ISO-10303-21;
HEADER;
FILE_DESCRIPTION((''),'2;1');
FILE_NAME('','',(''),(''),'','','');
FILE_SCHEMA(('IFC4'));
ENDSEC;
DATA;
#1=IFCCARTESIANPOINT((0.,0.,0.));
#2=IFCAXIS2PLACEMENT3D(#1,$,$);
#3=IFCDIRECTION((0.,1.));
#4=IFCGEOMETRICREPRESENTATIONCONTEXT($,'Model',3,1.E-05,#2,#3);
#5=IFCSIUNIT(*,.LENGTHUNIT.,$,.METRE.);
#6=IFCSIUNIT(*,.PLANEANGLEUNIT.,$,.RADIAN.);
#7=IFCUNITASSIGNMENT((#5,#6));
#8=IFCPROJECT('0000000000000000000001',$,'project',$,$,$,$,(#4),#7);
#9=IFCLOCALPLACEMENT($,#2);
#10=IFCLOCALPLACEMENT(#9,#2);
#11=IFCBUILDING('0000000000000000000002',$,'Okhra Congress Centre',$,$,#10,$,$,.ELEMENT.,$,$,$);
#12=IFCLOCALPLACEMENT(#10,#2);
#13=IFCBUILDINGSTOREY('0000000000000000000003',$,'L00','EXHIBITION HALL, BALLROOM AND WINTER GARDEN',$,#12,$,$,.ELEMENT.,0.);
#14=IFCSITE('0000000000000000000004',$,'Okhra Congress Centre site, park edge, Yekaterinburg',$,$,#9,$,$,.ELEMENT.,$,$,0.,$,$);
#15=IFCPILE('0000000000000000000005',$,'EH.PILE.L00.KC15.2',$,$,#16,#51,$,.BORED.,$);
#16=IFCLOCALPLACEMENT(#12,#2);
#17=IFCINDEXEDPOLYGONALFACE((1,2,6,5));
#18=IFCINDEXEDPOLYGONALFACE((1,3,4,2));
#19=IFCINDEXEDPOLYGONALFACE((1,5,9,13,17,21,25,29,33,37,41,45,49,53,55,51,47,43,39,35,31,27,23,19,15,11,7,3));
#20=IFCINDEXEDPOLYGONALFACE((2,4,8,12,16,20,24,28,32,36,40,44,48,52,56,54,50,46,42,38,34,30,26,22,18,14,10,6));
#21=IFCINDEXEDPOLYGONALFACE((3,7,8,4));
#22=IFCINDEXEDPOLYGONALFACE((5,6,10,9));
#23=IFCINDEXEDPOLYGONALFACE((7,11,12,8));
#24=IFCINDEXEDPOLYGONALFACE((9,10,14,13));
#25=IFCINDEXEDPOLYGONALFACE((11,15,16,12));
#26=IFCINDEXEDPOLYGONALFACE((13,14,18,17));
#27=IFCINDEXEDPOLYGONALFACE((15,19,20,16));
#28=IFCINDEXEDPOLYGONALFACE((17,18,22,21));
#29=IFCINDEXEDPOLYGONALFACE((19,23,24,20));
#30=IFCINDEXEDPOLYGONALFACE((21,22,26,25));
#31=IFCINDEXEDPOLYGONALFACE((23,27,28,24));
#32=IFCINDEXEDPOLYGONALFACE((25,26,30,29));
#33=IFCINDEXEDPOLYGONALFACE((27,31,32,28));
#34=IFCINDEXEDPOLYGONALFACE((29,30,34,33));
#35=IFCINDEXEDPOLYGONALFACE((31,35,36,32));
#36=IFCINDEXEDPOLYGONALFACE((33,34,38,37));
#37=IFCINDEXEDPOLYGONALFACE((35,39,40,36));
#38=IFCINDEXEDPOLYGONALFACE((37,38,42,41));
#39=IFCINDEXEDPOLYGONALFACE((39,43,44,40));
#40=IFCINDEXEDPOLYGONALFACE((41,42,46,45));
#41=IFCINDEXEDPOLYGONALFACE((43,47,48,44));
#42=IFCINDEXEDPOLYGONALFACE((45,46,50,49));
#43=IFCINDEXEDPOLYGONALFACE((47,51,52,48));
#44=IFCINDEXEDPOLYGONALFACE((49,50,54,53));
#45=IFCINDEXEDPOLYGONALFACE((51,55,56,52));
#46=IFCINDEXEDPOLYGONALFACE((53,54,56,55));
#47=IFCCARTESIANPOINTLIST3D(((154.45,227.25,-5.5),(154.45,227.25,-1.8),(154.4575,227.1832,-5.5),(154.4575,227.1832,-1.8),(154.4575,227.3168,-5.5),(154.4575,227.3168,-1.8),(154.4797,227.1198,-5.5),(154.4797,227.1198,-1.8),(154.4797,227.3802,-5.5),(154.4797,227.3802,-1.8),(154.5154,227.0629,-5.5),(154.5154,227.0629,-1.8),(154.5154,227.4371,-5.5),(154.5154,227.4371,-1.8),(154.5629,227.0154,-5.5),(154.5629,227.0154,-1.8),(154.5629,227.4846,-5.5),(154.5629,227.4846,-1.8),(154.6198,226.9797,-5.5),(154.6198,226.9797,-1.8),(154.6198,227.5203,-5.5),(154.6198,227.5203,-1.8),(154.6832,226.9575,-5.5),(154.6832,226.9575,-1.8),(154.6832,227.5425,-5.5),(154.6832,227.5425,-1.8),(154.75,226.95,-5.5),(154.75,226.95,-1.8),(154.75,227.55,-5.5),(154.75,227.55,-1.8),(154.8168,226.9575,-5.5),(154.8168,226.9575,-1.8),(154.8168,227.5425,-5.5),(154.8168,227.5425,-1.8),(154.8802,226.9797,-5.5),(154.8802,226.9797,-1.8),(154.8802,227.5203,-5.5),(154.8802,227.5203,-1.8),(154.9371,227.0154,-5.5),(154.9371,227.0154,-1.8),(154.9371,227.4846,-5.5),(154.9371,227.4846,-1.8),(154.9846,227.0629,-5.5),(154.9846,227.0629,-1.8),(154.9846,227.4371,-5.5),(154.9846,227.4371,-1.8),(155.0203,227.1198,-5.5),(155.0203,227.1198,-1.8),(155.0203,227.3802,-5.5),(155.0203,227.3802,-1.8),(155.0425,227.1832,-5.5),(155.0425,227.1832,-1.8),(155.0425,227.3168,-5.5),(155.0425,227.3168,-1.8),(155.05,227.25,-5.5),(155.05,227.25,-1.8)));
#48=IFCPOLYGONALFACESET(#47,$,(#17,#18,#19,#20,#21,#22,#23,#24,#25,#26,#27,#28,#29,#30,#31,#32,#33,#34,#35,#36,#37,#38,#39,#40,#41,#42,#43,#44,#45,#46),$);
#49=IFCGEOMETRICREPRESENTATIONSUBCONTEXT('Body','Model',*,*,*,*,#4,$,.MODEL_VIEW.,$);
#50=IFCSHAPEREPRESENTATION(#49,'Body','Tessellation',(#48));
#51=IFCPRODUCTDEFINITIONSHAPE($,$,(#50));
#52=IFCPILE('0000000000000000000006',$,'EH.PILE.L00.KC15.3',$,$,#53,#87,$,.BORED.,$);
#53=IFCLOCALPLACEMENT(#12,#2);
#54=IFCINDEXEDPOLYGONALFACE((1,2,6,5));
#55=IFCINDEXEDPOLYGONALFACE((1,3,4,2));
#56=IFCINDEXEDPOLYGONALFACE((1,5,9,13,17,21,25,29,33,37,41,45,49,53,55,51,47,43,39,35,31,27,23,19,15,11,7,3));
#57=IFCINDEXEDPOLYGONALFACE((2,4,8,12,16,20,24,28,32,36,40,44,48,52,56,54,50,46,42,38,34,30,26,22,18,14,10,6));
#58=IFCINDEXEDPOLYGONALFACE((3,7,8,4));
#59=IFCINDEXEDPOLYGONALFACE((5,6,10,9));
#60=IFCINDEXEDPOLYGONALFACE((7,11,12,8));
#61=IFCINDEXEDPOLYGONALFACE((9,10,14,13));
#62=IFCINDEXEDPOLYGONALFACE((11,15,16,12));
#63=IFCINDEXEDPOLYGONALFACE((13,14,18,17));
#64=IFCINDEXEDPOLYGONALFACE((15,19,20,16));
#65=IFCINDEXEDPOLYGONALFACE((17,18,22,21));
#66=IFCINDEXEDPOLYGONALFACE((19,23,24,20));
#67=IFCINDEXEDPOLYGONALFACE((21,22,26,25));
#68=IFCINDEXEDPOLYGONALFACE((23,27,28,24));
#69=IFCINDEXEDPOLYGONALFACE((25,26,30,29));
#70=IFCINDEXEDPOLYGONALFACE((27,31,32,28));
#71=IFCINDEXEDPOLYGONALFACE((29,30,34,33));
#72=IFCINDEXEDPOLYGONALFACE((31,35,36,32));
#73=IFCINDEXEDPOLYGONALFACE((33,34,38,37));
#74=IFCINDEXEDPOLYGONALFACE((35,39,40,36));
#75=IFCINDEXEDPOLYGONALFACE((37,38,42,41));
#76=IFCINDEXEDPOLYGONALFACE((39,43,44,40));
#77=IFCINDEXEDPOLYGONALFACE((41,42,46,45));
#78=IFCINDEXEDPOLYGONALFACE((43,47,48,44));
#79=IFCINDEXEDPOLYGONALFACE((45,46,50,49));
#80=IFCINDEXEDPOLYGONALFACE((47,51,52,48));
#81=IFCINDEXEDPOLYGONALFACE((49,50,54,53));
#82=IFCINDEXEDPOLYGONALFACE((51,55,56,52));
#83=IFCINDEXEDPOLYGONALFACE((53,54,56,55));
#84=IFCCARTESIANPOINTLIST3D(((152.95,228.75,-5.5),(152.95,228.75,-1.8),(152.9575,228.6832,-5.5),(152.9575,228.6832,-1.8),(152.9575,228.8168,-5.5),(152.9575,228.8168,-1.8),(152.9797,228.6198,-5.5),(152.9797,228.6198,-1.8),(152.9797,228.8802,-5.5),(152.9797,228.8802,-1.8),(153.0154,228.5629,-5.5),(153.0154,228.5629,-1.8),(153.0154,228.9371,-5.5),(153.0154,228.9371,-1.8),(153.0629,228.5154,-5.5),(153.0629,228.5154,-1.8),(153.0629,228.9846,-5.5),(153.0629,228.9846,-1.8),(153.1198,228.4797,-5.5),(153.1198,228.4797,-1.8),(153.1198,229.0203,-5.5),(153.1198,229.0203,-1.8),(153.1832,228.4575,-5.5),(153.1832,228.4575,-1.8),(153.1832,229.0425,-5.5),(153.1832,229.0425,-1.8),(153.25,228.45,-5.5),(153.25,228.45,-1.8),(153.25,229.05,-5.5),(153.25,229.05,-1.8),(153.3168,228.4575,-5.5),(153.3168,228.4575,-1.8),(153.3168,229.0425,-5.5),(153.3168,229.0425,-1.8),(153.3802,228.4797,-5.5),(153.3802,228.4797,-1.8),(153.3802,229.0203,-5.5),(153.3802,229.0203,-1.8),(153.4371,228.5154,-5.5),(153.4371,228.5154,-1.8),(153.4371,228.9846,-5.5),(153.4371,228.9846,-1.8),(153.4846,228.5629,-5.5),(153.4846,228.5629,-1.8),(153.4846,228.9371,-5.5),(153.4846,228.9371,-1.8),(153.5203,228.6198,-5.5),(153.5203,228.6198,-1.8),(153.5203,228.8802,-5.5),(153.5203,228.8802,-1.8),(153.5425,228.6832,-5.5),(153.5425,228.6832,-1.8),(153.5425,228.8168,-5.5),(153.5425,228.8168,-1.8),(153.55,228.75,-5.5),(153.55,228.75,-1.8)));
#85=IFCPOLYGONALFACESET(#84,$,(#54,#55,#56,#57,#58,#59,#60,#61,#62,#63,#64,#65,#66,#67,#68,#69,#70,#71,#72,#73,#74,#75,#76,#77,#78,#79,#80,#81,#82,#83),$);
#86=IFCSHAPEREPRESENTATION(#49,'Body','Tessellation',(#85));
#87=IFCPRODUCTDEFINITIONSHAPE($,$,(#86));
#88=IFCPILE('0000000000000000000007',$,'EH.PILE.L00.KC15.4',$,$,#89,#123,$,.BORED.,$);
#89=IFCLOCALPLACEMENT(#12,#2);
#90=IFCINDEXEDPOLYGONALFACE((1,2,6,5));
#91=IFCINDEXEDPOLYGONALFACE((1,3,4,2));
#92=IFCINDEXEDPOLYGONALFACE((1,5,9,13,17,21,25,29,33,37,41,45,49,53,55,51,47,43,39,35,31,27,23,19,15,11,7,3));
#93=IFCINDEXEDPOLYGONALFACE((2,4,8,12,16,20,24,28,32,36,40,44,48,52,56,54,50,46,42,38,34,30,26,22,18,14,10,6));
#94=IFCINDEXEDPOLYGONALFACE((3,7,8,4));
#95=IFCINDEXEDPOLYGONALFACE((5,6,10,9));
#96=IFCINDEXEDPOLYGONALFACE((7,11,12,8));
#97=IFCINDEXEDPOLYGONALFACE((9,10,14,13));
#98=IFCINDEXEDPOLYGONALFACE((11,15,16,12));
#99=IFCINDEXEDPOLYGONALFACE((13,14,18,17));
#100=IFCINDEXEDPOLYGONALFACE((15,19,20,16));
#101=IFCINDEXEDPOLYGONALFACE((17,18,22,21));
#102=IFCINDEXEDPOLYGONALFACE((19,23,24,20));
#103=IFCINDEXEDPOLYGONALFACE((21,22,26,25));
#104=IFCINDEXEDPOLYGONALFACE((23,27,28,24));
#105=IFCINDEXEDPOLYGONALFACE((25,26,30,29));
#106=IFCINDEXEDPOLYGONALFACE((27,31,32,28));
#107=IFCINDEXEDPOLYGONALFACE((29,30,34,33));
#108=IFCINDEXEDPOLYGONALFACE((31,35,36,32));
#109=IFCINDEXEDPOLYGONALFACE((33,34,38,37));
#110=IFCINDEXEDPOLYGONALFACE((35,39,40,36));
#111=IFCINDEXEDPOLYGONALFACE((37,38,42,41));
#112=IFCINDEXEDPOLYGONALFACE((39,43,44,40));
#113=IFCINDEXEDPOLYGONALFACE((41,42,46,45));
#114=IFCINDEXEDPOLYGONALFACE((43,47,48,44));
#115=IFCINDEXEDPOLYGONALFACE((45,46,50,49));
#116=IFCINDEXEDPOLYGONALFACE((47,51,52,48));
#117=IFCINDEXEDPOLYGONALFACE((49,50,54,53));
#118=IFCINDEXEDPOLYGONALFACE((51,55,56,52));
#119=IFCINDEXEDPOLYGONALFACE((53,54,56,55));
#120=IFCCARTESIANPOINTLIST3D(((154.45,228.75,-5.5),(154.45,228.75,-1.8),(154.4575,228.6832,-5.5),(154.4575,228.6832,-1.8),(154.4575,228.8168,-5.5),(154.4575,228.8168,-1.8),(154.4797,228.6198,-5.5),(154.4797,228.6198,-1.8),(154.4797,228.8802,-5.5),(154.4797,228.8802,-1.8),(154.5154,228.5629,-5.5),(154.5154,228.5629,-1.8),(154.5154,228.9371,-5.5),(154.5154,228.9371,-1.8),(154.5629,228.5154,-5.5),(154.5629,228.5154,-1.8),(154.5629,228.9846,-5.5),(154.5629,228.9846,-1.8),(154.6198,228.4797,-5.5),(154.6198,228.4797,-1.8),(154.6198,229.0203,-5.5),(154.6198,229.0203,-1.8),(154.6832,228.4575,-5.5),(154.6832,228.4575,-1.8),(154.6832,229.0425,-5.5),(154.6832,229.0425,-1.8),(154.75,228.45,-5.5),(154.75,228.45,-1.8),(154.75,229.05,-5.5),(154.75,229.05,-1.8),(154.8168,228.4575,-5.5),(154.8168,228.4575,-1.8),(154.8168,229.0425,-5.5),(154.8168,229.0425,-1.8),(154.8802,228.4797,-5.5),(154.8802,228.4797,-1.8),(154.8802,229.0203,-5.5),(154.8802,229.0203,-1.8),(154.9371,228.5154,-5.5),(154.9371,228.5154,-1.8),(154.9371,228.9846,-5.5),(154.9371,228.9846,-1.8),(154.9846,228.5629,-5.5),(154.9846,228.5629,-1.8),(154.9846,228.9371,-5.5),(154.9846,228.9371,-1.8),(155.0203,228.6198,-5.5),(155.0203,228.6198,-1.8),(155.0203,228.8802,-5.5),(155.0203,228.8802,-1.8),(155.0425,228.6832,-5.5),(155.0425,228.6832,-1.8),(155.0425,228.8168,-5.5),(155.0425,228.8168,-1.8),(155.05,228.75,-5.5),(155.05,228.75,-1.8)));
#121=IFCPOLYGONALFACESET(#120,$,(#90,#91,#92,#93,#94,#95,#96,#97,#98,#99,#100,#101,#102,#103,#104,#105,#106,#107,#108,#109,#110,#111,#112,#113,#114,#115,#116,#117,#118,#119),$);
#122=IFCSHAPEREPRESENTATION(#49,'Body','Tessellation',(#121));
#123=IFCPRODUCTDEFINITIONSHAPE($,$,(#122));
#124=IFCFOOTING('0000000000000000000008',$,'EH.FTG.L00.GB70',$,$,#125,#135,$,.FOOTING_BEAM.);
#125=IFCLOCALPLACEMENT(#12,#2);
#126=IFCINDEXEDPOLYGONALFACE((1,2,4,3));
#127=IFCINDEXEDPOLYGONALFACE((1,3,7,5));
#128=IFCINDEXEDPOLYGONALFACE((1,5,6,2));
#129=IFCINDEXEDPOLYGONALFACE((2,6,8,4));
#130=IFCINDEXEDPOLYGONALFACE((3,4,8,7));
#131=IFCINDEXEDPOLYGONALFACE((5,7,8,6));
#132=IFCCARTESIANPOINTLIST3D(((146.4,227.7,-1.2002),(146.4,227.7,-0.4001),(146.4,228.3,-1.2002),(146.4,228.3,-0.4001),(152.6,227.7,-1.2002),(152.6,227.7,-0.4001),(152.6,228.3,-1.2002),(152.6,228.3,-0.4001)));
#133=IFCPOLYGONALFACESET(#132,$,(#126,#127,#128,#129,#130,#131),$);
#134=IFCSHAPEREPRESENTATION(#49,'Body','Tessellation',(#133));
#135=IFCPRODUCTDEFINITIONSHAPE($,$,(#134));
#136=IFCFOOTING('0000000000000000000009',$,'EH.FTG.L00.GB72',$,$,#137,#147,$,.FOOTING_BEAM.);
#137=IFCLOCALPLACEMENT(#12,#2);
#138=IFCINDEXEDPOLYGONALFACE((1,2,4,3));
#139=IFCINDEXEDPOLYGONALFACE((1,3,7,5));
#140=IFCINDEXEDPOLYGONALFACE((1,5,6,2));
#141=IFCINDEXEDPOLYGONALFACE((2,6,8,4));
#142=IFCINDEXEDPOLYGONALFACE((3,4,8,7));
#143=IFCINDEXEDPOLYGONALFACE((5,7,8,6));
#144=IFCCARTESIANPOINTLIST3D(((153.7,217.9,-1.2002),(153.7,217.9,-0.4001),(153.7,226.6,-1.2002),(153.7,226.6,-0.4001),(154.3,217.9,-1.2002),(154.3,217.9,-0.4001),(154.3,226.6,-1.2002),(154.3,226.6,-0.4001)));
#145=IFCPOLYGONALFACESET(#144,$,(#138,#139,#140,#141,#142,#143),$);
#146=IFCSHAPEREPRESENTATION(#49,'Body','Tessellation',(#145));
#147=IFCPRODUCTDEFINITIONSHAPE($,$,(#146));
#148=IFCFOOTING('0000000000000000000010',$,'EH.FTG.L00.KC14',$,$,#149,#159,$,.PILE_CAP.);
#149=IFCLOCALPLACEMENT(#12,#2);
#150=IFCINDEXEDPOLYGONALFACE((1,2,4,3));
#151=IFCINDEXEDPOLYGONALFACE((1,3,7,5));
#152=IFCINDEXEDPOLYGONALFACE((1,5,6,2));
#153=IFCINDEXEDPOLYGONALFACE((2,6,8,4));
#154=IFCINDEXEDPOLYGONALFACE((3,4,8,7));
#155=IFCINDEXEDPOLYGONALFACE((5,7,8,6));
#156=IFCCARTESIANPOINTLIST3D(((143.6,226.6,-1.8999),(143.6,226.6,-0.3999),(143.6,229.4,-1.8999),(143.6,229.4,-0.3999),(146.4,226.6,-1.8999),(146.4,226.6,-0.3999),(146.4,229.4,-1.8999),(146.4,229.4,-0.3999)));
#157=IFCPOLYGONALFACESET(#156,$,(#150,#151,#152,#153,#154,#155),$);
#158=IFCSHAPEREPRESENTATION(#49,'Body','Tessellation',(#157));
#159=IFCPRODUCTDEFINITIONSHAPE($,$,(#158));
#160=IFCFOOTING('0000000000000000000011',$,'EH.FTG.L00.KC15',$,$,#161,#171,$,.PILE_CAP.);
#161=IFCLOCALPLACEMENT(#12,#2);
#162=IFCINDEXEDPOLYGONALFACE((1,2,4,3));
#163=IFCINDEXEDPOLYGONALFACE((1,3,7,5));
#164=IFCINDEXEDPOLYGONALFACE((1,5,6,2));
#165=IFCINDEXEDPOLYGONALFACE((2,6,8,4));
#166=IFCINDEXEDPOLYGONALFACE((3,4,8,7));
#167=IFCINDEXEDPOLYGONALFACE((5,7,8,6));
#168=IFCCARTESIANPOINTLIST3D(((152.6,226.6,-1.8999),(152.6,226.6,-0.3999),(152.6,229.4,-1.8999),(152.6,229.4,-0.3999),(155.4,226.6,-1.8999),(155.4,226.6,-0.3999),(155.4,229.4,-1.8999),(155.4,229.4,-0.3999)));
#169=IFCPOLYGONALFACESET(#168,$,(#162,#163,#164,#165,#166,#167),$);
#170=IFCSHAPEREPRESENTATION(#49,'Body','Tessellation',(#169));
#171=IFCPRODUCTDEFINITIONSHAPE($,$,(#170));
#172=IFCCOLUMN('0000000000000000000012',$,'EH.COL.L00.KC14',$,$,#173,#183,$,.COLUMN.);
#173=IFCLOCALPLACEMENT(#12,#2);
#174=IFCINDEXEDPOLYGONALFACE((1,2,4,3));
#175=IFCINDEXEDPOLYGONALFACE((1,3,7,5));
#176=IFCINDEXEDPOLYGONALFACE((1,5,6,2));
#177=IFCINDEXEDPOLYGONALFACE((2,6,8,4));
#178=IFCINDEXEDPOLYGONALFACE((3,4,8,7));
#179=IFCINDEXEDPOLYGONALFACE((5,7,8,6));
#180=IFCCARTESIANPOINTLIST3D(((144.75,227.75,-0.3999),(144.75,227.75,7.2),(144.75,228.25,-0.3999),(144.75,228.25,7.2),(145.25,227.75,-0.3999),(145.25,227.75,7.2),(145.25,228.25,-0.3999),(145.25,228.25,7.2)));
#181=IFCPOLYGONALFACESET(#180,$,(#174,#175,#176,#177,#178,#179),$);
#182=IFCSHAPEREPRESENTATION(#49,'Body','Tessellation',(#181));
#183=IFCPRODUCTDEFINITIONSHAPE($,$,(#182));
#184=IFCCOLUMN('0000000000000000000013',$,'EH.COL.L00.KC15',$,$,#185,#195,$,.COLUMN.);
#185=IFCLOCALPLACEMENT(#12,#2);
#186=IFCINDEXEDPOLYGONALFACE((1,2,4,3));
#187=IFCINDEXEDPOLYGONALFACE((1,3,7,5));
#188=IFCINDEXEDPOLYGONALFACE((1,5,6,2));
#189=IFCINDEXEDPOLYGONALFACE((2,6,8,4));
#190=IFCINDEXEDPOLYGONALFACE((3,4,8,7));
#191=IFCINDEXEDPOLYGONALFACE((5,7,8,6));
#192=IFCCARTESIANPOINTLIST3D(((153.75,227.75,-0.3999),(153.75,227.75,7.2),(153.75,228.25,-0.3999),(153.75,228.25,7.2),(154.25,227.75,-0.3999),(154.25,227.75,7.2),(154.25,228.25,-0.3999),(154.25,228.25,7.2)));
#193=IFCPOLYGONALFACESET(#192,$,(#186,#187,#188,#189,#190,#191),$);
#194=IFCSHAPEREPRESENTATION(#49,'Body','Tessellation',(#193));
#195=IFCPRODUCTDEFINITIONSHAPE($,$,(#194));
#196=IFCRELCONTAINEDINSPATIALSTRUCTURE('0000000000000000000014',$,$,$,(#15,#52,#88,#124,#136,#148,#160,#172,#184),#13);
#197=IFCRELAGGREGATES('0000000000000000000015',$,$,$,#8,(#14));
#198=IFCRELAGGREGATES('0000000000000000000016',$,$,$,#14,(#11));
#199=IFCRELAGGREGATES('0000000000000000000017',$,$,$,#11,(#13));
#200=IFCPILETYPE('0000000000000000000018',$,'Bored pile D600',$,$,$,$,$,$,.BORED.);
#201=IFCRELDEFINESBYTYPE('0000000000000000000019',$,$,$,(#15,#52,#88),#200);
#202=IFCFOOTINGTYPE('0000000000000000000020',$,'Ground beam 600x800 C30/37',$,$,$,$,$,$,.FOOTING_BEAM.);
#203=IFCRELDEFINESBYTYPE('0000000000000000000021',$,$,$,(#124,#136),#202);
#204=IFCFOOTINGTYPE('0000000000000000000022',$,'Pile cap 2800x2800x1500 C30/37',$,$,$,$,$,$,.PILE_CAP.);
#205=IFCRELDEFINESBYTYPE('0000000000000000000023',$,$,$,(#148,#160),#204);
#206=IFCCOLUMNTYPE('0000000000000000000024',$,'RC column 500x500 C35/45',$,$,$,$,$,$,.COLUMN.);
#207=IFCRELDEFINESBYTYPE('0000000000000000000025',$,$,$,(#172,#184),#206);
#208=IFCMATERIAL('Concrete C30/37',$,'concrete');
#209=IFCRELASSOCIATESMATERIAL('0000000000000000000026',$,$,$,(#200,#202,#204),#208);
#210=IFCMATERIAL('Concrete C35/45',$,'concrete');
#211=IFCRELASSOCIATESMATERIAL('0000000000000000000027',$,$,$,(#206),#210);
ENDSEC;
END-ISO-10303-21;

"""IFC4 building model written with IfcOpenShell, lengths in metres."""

from ifc_helpers import new_model, si_unit, direction, frame, origin, origin_2d, place, context, subcontext, project, spatial, rectangle, circle, extrude, material, material_profile, profile_set, type_object, element, save


model = new_model("IFC4")

# Units and contexts
model_context = context("Model", 3, precision=1e-05, world=origin(), true_north=direction((0.0, 1.0)))
body_context = subcontext(model_context, "Body", "Model", "MODEL_VIEW")
ifc_project = project(units=[si_unit("LENGTHUNIT", "METRE"), si_unit("PLANEANGLEUNIT", "RADIAN")], contexts=[model_context])

# Site, building, storey
site_placement = place(None, origin())
site = spatial("IfcSite", under=ifc_project, at=site_placement, Name="Okhra Congress Centre site, park edge, Yekaterinburg", CompositionType="ELEMENT", RefElevation=0.0)
building_placement = place(site_placement, origin())
building = spatial("IfcBuilding", under=site, at=building_placement, Name="Okhra Congress Centre", CompositionType="ELEMENT")
storey_placement = place(building_placement, origin())
storey = spatial("IfcBuildingStorey", under=building, at=storey_placement, Name="L00", Description="EXHIBITION HALL, BALLROOM AND WINTER GARDEN", CompositionType="ELEMENT", Elevation=0.0)

# Piles
ifc_material_1 = material(Name="Concrete C30/37", Category="concrete")
ifc_material_profile_1 = material_profile(ifc_material_1, circle(Radius=0.3, at=origin_2d()), Name="D600")
ifc_profile_set_1 = profile_set([ifc_material_profile_1], Name="Concrete C30/37")
pile_type = type_object("IfcPileType", Name="Bored pile D600", PredefinedType="BORED", material=ifc_profile_set_1)
for number, where, z_axis, x_axis, name in (
    (1, (154.75, 227.25, -1.8), (0.0, 0.0, -1.0), (1.0, 0.0, 0.0), "EH.PILE.L00.KC15.2"),
    (2, (153.25, 228.75, -1.8), (0.0, 0.0, -1.0), (1.0, 0.0, 0.0), "EH.PILE.L00.KC15.3"),
    (3, (154.75, 228.75, -1.8), (0.0, 0.0, -1.0), (1.0, 0.0, 0.0), "EH.PILE.L00.KC15.4"),
):
    element("IfcPile", number, at=place(storey_placement, frame(where, z_axis=z_axis, x_axis=x_axis)), inside=storey, type_object=pile_type, Name=name, PredefinedType="BORED", context=body_context, shape_type="SweptSolid", body=[
        extrude(circle(Radius=0.3, at=origin_2d()), origin(), (0.0, 0.0, 1.0), 3.7),
    ])

# Footings
footing_type_1 = type_object("IfcFootingType", Name="Ground beam 600x800 C30/37", PredefinedType="FOOTING_BEAM", material=ifc_material_1)
footing_1_placement = place(storey_placement, frame((149.5, 228.0, -1.2002), z_axis=(0.0, 0.0, 1.0), x_axis=(1.0, 0.0, 0.0)))
element("IfcFooting", 4, at=footing_1_placement, inside=storey, type_object=footing_type_1, Name="EH.FTG.L00.GB70", PredefinedType="FOOTING_BEAM", context=body_context, shape_type="SweptSolid", body=[
    extrude(rectangle(XDim=6.2, YDim=0.6001, at=origin_2d()), origin(), (0.0, 0.0, 1.0), 0.8),
])
footing_2_placement = place(storey_placement, frame((154.0, 222.25, -1.2002), z_axis=(0.0, 0.0, 1.0), x_axis=(0.0, 1.0, 0.0)))
element("IfcFooting", 5, at=footing_2_placement, inside=storey, type_object=footing_type_1, Name="EH.FTG.L00.GB72", PredefinedType="FOOTING_BEAM", context=body_context, shape_type="SweptSolid", body=[
    extrude(rectangle(XDim=8.7, YDim=0.6001, at=origin_2d()), origin(), (0.0, 0.0, 1.0), 0.8),
])
footing_type_2 = type_object("IfcFootingType", Name="Pile cap 2800x2800x1500 C30/37", PredefinedType="PILE_CAP", material=ifc_material_1)
for number, where, z_axis, x_axis, name in (
    (6, (145.0, 228.0, -1.8999), (0.0, 0.0, 1.0), (1.0, 0.0, 0.0), "EH.FTG.L00.KC14"),
    (7, (154.0, 228.0, -1.8999), (0.0, 0.0, 1.0), (1.0, 0.0, 0.0), "EH.FTG.L00.KC15"),
):
    element("IfcFooting", number, at=place(storey_placement, frame(where, z_axis=z_axis, x_axis=x_axis)), inside=storey, type_object=footing_type_2, Name=name, PredefinedType="PILE_CAP", context=body_context, shape_type="SweptSolid", body=[
        extrude(rectangle(XDim=2.8, YDim=2.8, at=origin_2d()), origin(), (0.0, 0.0, 1.0), 1.5),
    ])

# Columns
ifc_material_2 = material(Name="Concrete C35/45", Category="concrete")
ifc_material_profile_2 = material_profile(ifc_material_2, rectangle(XDim=0.5, YDim=0.5, at=origin_2d()), Name="RC 500x500")
ifc_profile_set_2 = profile_set([ifc_material_profile_2], Name="Concrete C35/45")
column_type = type_object("IfcColumnType", Name="RC column 500x500 C35/45", PredefinedType="COLUMN", material=ifc_profile_set_2)
for number, where, z_axis, x_axis, name in (
    (8, (145.0, 228.0, -0.3999), (0.0, 0.0, 1.0), (1.0, 0.0, 0.0), "EH.COL.L00.KC14"),
    (9, (154.0, 228.0, -0.3999), (0.0, 0.0, 1.0), (1.0, 0.0, 0.0), "EH.COL.L00.KC15"),
):
    element("IfcColumn", number, at=place(storey_placement, frame(where, z_axis=z_axis, x_axis=x_axis)), inside=storey, type_object=column_type, Name=name, PredefinedType="COLUMN", context=body_context, shape_type="SweptSolid", body=[
        extrude(rectangle(XDim=0.5, YDim=0.5, at=origin_2d()), origin(), (0.0, 0.0, 1.0), 7.5999),
    ])

save(model, "model.ifc")
